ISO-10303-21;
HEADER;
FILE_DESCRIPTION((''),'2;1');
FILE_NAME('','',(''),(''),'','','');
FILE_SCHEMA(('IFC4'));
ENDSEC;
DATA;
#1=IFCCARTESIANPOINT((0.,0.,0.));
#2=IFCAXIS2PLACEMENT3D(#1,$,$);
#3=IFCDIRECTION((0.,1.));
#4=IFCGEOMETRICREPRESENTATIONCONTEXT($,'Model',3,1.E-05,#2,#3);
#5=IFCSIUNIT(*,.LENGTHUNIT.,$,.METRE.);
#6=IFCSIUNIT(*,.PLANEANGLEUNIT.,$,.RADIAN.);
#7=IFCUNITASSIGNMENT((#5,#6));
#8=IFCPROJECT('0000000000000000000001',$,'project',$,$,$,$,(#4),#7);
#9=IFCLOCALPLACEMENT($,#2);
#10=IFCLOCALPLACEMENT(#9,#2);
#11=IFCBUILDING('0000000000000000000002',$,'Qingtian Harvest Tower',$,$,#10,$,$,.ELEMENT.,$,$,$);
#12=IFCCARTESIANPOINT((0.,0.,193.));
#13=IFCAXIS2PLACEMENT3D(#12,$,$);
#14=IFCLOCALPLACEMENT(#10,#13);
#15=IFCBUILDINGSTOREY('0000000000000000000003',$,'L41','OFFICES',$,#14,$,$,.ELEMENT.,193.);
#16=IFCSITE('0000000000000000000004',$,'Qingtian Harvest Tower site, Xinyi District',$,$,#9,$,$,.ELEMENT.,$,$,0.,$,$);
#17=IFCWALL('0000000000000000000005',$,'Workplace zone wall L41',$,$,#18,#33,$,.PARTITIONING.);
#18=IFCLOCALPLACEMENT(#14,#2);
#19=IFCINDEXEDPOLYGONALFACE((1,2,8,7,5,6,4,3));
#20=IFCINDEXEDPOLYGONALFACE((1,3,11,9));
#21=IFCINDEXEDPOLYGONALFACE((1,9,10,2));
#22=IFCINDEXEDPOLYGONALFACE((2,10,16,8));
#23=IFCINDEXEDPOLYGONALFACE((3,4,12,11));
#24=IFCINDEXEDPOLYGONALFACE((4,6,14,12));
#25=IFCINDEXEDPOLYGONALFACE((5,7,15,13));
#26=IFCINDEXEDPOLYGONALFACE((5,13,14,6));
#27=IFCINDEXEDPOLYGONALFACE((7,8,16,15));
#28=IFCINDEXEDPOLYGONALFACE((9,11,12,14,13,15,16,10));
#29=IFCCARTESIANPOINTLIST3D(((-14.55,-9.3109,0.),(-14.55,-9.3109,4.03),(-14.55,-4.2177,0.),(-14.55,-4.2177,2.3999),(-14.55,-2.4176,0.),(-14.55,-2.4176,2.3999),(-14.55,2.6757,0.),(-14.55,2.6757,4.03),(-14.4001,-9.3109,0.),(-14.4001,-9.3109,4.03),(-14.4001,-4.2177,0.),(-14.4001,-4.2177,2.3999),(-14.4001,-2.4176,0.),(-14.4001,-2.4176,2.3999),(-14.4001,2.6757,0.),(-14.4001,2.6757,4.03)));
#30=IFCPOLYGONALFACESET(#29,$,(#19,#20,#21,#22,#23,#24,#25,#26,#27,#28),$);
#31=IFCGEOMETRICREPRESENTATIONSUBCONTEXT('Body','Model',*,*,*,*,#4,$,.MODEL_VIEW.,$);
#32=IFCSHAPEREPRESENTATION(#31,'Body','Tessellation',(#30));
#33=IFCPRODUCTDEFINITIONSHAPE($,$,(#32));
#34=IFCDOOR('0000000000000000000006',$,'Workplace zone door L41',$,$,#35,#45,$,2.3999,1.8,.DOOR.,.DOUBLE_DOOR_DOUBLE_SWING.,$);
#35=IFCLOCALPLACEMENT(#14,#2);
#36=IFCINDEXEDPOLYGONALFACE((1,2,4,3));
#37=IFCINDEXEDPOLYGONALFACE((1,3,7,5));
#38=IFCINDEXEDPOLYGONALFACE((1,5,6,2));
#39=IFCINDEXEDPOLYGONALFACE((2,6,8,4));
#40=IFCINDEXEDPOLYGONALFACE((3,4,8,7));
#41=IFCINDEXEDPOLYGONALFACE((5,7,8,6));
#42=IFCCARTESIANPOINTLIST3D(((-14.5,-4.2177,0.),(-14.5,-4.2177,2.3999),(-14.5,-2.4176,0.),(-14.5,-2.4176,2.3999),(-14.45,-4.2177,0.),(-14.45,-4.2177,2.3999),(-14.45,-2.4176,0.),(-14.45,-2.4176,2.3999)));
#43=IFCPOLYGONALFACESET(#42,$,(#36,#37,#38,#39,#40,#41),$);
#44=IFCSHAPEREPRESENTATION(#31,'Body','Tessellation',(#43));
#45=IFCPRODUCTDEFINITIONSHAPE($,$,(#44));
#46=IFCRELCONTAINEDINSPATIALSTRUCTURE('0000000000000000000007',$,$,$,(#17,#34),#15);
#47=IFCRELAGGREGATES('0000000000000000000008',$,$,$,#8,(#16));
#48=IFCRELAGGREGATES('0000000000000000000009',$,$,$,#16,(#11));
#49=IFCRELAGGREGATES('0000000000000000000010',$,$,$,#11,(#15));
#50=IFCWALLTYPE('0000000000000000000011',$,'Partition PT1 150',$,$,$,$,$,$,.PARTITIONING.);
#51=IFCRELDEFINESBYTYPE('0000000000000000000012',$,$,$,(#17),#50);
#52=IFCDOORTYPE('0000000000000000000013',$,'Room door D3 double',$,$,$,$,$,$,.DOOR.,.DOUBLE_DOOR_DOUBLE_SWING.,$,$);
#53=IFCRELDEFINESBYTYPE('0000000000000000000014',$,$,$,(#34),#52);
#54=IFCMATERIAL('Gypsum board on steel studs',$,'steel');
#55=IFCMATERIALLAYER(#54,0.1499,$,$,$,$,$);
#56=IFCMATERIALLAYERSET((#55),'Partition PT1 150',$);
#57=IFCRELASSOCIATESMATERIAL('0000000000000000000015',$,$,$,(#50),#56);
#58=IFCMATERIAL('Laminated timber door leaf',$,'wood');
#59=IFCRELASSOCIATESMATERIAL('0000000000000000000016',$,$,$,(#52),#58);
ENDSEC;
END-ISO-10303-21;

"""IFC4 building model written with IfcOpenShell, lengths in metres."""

from ifc_helpers import new_model, si_unit, direction, frame, frame_2d, origin, place, context, subcontext, project, spatial, rectangle, extrude, material, layer, layer_set, type_object, element, fill, save


model = new_model("IFC4")

# Units and contexts
model_context = context("Model", 3, precision=1e-05, world=origin(), true_north=direction((0.0, 1.0)))
body_context = subcontext(model_context, "Body", "Model", "MODEL_VIEW")
ifc_project = project(units=[si_unit("LENGTHUNIT", "METRE"), si_unit("PLANEANGLEUNIT", "RADIAN")], contexts=[model_context])

# Site, building, storey
site_placement = place(None, origin())
site = spatial("IfcSite", under=ifc_project, at=site_placement, Name="Qingtian Harvest Tower site, Xinyi District", CompositionType="ELEMENT", RefElevation=0.0)
building_placement = place(site_placement, origin())
building = spatial("IfcBuilding", under=site, at=building_placement, Name="Qingtian Harvest Tower", CompositionType="ELEMENT")
storey_placement = place(building_placement, frame((0.0, 0.0, 193.0)))
storey = spatial("IfcBuildingStorey", under=building, at=storey_placement, Name="L41", Description="OFFICES", CompositionType="ELEMENT", Elevation=193.0)

# Shared definitions
ifc_material_1 = material(Name="Gypsum board on steel studs", Category="steel")
ifc_layer_1 = layer(ifc_material_1, 0.1499)
ifc_layer_set_1 = layer_set([ifc_layer_1], Name="Partition PT1 150")
wall_type_1 = type_object("IfcWallType", Name="Partition PT1 150", PredefinedType="PARTITIONING", material=ifc_layer_set_1)

# Wall, opening, door
wall_1_placement = place(storey_placement, frame((-14.4751, -9.3108, 0.0), z_axis=(0.0, 0.0, 1.0), x_axis=(0.0, 1.0, 0.0)))
wall_1 = element("IfcWall", 1, at=wall_1_placement, inside=storey, type_object=wall_type_1, Name="Workplace zone wall L41", PredefinedType="PARTITIONING", context=body_context, shape_type="SweptSolid", body=[
    extrude(rectangle(XDim=11.9866, YDim=0.1499, at=frame_2d((5.9932, 0.0))), origin(), (0.0, 0.0, 1.0), 4.03),
])
opening_1_placement = place(wall_1_placement, frame((5.0933, 0.0, 0.0)))
opening_1 = element("IfcOpeningElement", 2, at=opening_1_placement, cuts=wall_1, PredefinedType="OPENING", context=body_context, shape_type="SweptSolid", body=[
    extrude(rectangle(XDim=1.8, YDim=2.3999, at=frame_2d((0.8999, 1.2))), frame((0.0, 0.085, 0.0), z_axis=(0.0, -1.0, 0.0), x_axis=(1.0, 0.0, 0.0)), (0.0, 0.0, 1.0), 0.1699),
])
ifc_material_2 = material(Name="Laminated timber door leaf", Category="wood")
door_type_1 = type_object("IfcDoorType", Name="Room door D3 double", OperationType="DOUBLE_DOOR_DOUBLE_SWING", PredefinedType="DOOR", material=ifc_material_2)
door_1_placement = place(opening_1_placement, origin())
door_1 = element("IfcDoor", 3, at=door_1_placement, inside=storey, type_object=door_type_1, Name="Workplace zone door L41", OperationType="DOUBLE_DOOR_DOUBLE_SWING", OverallHeight=2.3999, OverallWidth=1.8, PredefinedType="DOOR", context=body_context, shape_type="SweptSolid", body=[
    extrude(rectangle(XDim=1.8, YDim=2.3999, at=frame_2d((0.8999, 1.2))), frame((0.0, 0.0249, 0.0), z_axis=(0.0, -1.0, 0.0), x_axis=(1.0, 0.0, 0.0)), (0.0, 0.0, 1.0), 0.05),
])
fill(opening_1, door_1)

save(model, "model.ifc")
